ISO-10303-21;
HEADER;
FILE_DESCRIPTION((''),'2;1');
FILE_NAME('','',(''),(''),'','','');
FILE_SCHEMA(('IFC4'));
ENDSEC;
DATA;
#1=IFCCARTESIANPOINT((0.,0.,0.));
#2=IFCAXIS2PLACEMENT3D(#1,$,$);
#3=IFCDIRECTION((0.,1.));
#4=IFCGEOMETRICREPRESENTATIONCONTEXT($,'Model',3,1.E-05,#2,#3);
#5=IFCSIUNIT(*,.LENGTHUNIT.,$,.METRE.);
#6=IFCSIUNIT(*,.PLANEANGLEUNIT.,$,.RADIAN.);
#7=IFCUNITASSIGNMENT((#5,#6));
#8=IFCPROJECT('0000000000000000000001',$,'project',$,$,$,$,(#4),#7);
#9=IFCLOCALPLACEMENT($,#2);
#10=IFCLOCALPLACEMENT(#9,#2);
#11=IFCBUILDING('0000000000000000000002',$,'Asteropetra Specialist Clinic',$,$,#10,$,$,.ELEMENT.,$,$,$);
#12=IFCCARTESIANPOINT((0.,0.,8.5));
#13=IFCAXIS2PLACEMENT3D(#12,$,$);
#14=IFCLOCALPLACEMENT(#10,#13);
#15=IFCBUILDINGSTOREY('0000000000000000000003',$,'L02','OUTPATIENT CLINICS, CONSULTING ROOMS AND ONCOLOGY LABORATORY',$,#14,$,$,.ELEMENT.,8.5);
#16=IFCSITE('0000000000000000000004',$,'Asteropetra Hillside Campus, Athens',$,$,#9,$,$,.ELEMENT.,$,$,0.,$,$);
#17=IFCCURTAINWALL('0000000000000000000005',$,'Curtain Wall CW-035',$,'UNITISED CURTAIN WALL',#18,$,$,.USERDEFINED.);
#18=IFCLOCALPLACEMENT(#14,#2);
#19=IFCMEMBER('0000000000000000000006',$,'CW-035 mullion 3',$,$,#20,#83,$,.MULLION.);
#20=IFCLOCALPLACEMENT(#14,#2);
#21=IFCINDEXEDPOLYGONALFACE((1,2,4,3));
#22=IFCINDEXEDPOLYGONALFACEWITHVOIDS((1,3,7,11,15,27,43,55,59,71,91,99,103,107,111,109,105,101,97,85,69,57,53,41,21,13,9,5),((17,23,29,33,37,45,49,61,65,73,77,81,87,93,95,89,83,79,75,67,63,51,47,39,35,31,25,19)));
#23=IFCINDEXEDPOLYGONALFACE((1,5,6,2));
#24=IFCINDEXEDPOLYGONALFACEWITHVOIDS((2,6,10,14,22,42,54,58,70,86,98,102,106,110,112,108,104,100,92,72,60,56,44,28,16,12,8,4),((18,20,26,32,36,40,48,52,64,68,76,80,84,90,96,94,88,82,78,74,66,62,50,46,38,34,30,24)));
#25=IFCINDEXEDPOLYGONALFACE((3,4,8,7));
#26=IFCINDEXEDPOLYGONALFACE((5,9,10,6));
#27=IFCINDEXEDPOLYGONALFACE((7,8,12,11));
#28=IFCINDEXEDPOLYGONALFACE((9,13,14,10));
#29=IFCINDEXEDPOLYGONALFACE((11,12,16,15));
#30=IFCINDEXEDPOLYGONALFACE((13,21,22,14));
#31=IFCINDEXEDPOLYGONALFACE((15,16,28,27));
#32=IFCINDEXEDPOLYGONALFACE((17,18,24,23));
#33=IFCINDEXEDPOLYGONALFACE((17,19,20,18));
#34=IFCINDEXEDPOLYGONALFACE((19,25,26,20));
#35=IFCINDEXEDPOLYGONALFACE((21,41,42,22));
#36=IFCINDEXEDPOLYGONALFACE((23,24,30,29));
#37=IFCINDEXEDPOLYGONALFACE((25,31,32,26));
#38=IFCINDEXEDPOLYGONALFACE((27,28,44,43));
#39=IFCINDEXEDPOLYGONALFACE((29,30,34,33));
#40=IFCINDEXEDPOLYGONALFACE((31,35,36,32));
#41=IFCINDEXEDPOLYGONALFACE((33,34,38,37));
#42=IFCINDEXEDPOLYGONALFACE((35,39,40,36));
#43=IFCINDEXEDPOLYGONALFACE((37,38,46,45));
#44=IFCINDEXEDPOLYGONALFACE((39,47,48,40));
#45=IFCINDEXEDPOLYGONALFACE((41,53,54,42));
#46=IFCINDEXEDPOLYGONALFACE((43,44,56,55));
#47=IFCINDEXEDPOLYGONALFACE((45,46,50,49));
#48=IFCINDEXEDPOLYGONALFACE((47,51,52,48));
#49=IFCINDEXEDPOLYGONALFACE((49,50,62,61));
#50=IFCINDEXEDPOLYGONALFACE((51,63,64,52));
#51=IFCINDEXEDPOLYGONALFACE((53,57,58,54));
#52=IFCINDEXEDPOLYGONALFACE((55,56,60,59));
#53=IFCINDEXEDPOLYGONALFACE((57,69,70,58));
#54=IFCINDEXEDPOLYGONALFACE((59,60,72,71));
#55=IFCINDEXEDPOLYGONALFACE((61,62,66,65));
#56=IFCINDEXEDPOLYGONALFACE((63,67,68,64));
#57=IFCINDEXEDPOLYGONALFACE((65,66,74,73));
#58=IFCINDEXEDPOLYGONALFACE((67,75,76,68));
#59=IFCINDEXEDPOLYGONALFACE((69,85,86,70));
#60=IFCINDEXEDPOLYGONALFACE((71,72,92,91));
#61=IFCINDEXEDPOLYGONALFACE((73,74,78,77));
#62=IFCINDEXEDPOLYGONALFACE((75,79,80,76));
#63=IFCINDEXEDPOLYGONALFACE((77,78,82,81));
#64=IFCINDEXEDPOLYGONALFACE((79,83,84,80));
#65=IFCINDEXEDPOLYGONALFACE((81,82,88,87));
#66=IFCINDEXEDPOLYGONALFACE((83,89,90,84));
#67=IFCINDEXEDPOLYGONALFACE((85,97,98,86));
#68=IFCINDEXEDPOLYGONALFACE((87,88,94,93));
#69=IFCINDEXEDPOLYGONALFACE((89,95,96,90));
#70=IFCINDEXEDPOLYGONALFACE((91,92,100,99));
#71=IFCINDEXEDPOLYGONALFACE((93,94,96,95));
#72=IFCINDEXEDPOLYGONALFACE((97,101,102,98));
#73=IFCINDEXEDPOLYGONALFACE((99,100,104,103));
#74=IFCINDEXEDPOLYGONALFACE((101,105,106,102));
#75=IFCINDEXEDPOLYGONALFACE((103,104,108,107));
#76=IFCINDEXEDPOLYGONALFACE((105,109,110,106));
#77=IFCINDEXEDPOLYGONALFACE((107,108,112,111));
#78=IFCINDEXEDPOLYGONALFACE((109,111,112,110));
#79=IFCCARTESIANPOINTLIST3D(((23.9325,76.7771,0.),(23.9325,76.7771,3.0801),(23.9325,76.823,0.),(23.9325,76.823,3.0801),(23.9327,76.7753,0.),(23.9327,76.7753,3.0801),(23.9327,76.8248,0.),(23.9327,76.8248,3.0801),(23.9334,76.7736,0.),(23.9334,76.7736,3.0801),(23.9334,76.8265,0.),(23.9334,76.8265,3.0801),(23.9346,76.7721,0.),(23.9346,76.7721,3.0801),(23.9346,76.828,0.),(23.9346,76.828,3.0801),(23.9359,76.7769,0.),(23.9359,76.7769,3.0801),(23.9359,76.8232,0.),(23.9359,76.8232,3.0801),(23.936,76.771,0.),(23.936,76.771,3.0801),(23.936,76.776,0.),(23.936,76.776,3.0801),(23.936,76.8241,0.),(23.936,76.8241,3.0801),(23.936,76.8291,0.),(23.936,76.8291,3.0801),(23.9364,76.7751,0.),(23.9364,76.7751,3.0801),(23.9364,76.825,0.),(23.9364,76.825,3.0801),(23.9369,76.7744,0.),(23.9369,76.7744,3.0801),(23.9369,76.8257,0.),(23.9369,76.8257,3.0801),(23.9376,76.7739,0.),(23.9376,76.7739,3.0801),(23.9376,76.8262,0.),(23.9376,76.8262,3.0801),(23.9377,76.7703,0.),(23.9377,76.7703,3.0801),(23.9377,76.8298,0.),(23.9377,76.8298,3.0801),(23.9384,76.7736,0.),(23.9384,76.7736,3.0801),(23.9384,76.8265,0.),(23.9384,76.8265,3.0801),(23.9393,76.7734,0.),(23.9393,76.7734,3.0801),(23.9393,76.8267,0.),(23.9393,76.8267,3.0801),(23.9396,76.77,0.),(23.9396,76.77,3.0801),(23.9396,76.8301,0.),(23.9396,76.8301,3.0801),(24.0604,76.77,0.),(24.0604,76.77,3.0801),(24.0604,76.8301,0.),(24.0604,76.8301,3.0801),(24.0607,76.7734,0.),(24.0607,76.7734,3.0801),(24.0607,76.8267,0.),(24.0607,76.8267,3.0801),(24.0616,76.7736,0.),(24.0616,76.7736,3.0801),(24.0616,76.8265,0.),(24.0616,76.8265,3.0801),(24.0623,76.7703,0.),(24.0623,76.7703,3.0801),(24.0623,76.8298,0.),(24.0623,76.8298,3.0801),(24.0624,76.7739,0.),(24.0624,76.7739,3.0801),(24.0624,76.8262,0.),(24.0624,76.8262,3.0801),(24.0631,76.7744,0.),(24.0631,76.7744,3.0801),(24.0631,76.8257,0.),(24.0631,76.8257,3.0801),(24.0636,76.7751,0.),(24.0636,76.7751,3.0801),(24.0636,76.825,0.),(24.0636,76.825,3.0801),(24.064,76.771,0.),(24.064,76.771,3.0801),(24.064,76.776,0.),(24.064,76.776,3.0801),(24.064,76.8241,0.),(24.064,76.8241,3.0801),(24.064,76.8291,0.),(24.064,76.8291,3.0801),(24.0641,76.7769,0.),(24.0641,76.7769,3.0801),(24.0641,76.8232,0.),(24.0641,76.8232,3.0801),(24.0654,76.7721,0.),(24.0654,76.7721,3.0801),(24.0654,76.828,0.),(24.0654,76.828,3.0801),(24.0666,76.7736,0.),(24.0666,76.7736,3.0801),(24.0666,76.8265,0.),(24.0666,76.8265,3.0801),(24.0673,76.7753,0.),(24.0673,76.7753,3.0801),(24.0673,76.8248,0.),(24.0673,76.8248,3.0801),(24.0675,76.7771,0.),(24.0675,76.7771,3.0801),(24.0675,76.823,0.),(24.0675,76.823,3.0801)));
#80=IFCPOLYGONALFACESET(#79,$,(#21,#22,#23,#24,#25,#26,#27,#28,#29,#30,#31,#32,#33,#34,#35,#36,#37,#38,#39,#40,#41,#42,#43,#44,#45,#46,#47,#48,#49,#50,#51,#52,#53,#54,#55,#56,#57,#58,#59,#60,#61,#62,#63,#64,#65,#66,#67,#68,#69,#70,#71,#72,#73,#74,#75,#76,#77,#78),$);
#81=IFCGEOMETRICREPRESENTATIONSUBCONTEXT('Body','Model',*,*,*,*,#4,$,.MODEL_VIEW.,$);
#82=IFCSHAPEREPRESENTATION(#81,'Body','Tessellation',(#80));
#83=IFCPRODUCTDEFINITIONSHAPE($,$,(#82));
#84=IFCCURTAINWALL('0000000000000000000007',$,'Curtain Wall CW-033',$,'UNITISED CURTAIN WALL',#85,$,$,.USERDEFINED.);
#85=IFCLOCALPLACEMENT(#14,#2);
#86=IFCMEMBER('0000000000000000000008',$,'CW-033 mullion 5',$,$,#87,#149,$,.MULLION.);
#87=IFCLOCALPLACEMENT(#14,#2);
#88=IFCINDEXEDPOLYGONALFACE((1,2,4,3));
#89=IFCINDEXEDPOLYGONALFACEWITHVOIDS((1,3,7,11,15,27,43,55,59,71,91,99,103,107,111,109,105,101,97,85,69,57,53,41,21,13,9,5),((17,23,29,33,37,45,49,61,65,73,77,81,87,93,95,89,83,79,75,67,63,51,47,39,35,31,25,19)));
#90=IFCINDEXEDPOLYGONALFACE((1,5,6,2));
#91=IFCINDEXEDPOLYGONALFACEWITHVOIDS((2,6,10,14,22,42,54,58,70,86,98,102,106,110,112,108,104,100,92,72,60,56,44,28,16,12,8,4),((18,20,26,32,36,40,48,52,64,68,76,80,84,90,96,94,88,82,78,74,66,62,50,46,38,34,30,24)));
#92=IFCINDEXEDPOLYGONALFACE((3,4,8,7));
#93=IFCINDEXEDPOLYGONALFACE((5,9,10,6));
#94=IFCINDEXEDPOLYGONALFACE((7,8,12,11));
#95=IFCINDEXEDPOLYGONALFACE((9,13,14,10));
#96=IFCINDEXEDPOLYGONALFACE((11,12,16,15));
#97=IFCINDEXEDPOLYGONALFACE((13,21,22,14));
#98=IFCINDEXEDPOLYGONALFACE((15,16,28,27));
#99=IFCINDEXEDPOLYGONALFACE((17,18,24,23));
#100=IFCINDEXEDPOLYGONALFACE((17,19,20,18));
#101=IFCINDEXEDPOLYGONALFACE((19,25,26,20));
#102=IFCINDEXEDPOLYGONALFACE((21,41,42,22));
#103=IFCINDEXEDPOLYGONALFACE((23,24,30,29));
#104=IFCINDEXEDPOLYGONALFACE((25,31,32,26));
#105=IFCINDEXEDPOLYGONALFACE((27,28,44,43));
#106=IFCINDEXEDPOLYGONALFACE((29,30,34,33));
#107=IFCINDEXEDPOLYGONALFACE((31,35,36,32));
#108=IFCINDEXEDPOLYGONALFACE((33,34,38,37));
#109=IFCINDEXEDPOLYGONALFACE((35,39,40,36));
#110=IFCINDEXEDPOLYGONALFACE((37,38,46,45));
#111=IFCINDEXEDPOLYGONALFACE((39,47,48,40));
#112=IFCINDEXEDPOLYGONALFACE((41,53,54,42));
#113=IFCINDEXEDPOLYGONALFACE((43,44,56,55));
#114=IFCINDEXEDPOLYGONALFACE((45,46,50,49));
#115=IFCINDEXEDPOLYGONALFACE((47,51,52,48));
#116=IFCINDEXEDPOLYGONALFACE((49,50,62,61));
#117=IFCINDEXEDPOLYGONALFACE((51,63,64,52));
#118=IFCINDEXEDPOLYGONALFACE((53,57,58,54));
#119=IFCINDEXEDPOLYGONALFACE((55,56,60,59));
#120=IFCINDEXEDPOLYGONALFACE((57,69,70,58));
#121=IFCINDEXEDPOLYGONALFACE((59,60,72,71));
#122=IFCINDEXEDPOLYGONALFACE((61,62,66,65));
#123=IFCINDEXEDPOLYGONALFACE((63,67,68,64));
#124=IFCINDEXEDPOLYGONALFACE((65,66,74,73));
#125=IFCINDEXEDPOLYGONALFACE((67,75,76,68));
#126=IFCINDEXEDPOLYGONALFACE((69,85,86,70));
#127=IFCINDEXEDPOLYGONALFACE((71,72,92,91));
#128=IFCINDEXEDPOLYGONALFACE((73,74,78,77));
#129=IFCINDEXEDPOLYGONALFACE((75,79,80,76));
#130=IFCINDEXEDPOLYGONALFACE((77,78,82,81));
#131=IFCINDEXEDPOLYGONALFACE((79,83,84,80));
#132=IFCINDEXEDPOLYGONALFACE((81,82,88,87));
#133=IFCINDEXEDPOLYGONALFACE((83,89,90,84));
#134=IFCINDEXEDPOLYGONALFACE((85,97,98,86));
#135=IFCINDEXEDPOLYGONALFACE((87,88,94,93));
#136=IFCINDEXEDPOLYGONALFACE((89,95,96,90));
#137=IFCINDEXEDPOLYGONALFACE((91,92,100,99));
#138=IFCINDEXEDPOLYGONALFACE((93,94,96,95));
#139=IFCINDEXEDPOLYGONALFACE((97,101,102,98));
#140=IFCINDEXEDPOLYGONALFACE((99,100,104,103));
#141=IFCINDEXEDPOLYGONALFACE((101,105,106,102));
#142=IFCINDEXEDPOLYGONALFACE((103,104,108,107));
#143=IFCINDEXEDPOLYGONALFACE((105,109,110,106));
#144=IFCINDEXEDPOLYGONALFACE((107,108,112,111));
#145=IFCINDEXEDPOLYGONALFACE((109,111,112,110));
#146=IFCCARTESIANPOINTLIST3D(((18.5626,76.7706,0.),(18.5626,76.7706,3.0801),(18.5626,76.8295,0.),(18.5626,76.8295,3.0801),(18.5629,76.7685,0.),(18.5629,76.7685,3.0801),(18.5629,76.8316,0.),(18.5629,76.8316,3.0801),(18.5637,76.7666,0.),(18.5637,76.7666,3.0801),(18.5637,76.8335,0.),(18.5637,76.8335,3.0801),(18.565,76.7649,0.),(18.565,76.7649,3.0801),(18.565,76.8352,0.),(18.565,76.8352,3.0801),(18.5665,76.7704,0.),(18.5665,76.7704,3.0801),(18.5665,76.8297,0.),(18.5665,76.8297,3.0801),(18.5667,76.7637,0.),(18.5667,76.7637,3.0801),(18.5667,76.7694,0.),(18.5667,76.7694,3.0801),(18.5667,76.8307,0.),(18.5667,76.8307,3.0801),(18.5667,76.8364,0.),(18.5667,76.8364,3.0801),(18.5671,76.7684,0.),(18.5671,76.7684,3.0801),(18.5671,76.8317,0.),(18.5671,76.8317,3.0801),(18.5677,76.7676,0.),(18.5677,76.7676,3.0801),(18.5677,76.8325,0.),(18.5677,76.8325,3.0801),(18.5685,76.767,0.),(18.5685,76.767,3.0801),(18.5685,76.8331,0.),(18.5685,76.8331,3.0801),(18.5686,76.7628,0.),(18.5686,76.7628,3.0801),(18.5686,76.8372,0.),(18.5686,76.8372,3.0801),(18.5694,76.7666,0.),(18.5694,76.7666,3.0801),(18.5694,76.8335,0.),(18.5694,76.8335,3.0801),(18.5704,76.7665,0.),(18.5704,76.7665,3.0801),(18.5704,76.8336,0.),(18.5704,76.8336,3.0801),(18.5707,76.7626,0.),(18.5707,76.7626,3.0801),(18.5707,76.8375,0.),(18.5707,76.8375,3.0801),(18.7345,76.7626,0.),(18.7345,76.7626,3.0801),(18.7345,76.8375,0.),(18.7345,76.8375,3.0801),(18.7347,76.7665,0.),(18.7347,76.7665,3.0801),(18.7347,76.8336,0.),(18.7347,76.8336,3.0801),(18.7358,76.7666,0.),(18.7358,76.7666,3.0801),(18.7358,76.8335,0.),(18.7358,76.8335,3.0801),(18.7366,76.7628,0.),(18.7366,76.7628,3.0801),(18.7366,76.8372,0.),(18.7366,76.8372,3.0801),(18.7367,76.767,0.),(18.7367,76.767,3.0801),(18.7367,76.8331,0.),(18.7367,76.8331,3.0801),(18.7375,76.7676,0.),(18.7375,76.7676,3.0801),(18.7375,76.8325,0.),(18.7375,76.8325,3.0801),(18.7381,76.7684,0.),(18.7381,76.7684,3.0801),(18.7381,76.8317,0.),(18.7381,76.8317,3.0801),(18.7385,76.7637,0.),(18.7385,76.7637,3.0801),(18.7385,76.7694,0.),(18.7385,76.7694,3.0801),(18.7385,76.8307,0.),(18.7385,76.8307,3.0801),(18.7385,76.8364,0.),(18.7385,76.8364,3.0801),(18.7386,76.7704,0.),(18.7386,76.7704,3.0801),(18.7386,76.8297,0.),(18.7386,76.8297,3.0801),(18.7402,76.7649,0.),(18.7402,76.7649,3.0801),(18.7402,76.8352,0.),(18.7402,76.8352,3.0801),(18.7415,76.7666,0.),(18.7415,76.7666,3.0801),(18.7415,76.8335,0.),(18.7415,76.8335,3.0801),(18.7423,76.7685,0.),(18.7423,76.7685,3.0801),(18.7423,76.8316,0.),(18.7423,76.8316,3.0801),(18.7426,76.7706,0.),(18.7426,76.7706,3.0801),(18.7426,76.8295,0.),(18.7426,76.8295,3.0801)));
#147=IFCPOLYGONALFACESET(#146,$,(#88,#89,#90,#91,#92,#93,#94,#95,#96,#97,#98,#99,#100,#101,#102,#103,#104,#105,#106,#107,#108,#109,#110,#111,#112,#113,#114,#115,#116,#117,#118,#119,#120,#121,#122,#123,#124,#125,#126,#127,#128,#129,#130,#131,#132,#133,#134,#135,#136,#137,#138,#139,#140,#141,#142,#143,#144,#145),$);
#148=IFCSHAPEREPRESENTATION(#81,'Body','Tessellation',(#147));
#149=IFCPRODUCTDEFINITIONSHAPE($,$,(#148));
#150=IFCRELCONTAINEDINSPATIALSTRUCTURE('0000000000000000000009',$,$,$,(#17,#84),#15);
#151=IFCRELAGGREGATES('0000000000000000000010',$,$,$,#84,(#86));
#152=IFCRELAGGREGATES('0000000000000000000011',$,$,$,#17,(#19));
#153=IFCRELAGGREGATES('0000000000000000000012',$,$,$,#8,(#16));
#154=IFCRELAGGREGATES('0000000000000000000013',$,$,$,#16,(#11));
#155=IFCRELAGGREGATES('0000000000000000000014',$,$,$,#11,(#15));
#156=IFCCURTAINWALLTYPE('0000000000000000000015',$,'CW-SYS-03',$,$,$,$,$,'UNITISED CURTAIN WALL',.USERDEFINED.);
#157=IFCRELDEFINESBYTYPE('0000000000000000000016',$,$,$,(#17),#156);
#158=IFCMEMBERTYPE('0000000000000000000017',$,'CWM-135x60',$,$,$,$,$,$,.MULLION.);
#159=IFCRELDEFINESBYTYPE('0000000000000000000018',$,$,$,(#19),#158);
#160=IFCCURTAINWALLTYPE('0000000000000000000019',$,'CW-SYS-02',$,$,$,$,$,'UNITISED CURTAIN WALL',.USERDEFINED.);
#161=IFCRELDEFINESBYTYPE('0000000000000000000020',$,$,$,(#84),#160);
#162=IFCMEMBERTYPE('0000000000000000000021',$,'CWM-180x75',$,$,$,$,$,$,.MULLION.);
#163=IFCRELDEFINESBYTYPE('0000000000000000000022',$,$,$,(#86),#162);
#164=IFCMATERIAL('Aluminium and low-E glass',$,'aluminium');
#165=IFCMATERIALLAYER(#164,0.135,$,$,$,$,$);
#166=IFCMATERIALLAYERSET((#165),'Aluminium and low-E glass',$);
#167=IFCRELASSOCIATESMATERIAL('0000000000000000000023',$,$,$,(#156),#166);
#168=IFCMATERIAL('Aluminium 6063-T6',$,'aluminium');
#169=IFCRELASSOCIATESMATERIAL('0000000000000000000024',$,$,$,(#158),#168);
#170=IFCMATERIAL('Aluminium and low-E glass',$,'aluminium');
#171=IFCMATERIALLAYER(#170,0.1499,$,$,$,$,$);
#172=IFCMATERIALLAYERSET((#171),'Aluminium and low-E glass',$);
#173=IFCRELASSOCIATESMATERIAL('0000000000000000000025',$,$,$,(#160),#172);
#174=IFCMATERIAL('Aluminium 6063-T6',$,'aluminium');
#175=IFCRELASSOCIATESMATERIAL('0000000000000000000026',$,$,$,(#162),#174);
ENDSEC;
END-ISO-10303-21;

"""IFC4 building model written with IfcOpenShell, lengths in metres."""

from ifc_helpers import new_model, si_unit, direction, frame, origin, origin_2d, place, context, subcontext, project, spatial, hollow_rectangle, extrude, material, layer, layer_set, material_profile, profile_set, type_object, element, aggregate, save


model = new_model("IFC4")

# Units and contexts
model_context = context("Model", 3, precision=1e-05, world=origin(), true_north=direction((0.0, 1.0)))
body_context = subcontext(model_context, "Body", "Model", "MODEL_VIEW")
ifc_project = project(units=[si_unit("LENGTHUNIT", "METRE"), si_unit("PLANEANGLEUNIT", "RADIAN")], contexts=[model_context])

# Site, building, storey
site_placement = place(None, origin())
site = spatial("IfcSite", under=ifc_project, at=site_placement, Name="Asteropetra Hillside Campus, Athens", CompositionType="ELEMENT", RefElevation=0.0)
building_placement = place(site_placement, origin())
building = spatial("IfcBuilding", under=site, at=building_placement, Name="Asteropetra Specialist Clinic", CompositionType="ELEMENT")
storey_placement = place(building_placement, frame((0.0, 0.0, 8.5)))
storey = spatial("IfcBuildingStorey", under=building, at=storey_placement, Name="L02", Description="OUTPATIENT CLINICS, CONSULTING ROOMS AND ONCOLOGY LABORATORY", CompositionType="ELEMENT", Elevation=8.5)

# Curtain wall, member
ifc_material_1 = material(Name="Aluminium and low-E glass", Category="aluminium")
ifc_layer_1 = layer(ifc_material_1, 0.135)
ifc_layer_set_1 = layer_set([ifc_layer_1], Name="Aluminium and low-E glass")
curtain_wall_type_1 = type_object("IfcCurtainWallType", Name="CW-SYS-03", ElementType="UNITISED CURTAIN WALL", PredefinedType="USERDEFINED", material=ifc_layer_set_1)
curtain_wall_1_placement = place(storey_placement, origin())
curtain_wall_1 = element("IfcCurtainWall", 1, at=curtain_wall_1_placement, inside=storey, type_object=curtain_wall_type_1, Name="Curtain Wall CW-035", ObjectType="UNITISED CURTAIN WALL", PredefinedType="USERDEFINED")
ifc_material_2 = material(Name="Aluminium 6063-T6", Category="aluminium")
ifc_material_profile_1 = material_profile(ifc_material_2, hollow_rectangle(XDim=0.0601, YDim=0.135, WallThickness=0.0034, InnerFilletRadius=0.0034, OuterFilletRadius=0.0071, at=origin_2d()), Name="MUL 135x60x3.5")
ifc_profile_set_1 = profile_set([ifc_material_profile_1], Name="Aluminium 6063-T6")
member_type_1 = type_object("IfcMemberType", Name="CWM-135x60", PredefinedType="MULLION", material=ifc_profile_set_1)
member_1_placement = place(storey_placement, frame((24.0, 76.8, 0.0), z_axis=(0.0, 0.0, 1.0), x_axis=(0.0, 1.0, 0.0)))
member_1 = element("IfcMember", 2, at=member_1_placement, type_object=member_type_1, Name="CW-035 mullion 3", PredefinedType="MULLION", context=body_context, shape_type="SweptSolid", body=[
    extrude(hollow_rectangle(XDim=0.0601, YDim=0.135, WallThickness=0.0034, InnerFilletRadius=0.0034, OuterFilletRadius=0.0071, at=origin_2d()), origin(), (0.0, 0.0, 1.0), 3.0801),
])

# Curtain wall, member
ifc_material_3 = material(Name="Aluminium and low-E glass", Category="aluminium")
ifc_layer_2 = layer(ifc_material_3, 0.1499)
ifc_layer_set_2 = layer_set([ifc_layer_2], Name="Aluminium and low-E glass")
curtain_wall_type_2 = type_object("IfcCurtainWallType", Name="CW-SYS-02", ElementType="UNITISED CURTAIN WALL", PredefinedType="USERDEFINED", material=ifc_layer_set_2)
curtain_wall_2_placement = place(storey_placement, origin())
curtain_wall_2 = element("IfcCurtainWall", 3, at=curtain_wall_2_placement, inside=storey, type_object=curtain_wall_type_2, Name="Curtain Wall CW-033", ObjectType="UNITISED CURTAIN WALL", PredefinedType="USERDEFINED")
ifc_material_4 = material(Name="Aluminium 6063-T6", Category="aluminium")
ifc_material_profile_2 = material_profile(ifc_material_4, hollow_rectangle(XDim=0.075, YDim=0.1799, WallThickness=0.0039, InnerFilletRadius=0.0039, OuterFilletRadius=0.0081, at=origin_2d()), Name="MUL 180x75x4.0")
ifc_profile_set_2 = profile_set([ifc_material_profile_2], Name="Aluminium 6063-T6")
member_type_2 = type_object("IfcMemberType", Name="CWM-180x75", PredefinedType="MULLION", material=ifc_profile_set_2)
member_2_placement = place(storey_placement, frame((18.6526, 76.8, 0.0), z_axis=(0.0, 0.0, 1.0), x_axis=(0.0, 1.0, 0.0)))
member_2 = element("IfcMember", 4, at=member_2_placement, type_object=member_type_2, Name="CW-033 mullion 5", PredefinedType="MULLION", context=body_context, shape_type="SweptSolid", body=[
    extrude(hollow_rectangle(XDim=0.075, YDim=0.1799, WallThickness=0.0039, InnerFilletRadius=0.0039, OuterFilletRadius=0.0081, at=origin_2d()), origin(), (0.0, 0.0, 1.0), 3.0801),
])

aggregate(curtain_wall_2, [member_2])
aggregate(curtain_wall_1, [member_1])

save(model, "model.ifc")
